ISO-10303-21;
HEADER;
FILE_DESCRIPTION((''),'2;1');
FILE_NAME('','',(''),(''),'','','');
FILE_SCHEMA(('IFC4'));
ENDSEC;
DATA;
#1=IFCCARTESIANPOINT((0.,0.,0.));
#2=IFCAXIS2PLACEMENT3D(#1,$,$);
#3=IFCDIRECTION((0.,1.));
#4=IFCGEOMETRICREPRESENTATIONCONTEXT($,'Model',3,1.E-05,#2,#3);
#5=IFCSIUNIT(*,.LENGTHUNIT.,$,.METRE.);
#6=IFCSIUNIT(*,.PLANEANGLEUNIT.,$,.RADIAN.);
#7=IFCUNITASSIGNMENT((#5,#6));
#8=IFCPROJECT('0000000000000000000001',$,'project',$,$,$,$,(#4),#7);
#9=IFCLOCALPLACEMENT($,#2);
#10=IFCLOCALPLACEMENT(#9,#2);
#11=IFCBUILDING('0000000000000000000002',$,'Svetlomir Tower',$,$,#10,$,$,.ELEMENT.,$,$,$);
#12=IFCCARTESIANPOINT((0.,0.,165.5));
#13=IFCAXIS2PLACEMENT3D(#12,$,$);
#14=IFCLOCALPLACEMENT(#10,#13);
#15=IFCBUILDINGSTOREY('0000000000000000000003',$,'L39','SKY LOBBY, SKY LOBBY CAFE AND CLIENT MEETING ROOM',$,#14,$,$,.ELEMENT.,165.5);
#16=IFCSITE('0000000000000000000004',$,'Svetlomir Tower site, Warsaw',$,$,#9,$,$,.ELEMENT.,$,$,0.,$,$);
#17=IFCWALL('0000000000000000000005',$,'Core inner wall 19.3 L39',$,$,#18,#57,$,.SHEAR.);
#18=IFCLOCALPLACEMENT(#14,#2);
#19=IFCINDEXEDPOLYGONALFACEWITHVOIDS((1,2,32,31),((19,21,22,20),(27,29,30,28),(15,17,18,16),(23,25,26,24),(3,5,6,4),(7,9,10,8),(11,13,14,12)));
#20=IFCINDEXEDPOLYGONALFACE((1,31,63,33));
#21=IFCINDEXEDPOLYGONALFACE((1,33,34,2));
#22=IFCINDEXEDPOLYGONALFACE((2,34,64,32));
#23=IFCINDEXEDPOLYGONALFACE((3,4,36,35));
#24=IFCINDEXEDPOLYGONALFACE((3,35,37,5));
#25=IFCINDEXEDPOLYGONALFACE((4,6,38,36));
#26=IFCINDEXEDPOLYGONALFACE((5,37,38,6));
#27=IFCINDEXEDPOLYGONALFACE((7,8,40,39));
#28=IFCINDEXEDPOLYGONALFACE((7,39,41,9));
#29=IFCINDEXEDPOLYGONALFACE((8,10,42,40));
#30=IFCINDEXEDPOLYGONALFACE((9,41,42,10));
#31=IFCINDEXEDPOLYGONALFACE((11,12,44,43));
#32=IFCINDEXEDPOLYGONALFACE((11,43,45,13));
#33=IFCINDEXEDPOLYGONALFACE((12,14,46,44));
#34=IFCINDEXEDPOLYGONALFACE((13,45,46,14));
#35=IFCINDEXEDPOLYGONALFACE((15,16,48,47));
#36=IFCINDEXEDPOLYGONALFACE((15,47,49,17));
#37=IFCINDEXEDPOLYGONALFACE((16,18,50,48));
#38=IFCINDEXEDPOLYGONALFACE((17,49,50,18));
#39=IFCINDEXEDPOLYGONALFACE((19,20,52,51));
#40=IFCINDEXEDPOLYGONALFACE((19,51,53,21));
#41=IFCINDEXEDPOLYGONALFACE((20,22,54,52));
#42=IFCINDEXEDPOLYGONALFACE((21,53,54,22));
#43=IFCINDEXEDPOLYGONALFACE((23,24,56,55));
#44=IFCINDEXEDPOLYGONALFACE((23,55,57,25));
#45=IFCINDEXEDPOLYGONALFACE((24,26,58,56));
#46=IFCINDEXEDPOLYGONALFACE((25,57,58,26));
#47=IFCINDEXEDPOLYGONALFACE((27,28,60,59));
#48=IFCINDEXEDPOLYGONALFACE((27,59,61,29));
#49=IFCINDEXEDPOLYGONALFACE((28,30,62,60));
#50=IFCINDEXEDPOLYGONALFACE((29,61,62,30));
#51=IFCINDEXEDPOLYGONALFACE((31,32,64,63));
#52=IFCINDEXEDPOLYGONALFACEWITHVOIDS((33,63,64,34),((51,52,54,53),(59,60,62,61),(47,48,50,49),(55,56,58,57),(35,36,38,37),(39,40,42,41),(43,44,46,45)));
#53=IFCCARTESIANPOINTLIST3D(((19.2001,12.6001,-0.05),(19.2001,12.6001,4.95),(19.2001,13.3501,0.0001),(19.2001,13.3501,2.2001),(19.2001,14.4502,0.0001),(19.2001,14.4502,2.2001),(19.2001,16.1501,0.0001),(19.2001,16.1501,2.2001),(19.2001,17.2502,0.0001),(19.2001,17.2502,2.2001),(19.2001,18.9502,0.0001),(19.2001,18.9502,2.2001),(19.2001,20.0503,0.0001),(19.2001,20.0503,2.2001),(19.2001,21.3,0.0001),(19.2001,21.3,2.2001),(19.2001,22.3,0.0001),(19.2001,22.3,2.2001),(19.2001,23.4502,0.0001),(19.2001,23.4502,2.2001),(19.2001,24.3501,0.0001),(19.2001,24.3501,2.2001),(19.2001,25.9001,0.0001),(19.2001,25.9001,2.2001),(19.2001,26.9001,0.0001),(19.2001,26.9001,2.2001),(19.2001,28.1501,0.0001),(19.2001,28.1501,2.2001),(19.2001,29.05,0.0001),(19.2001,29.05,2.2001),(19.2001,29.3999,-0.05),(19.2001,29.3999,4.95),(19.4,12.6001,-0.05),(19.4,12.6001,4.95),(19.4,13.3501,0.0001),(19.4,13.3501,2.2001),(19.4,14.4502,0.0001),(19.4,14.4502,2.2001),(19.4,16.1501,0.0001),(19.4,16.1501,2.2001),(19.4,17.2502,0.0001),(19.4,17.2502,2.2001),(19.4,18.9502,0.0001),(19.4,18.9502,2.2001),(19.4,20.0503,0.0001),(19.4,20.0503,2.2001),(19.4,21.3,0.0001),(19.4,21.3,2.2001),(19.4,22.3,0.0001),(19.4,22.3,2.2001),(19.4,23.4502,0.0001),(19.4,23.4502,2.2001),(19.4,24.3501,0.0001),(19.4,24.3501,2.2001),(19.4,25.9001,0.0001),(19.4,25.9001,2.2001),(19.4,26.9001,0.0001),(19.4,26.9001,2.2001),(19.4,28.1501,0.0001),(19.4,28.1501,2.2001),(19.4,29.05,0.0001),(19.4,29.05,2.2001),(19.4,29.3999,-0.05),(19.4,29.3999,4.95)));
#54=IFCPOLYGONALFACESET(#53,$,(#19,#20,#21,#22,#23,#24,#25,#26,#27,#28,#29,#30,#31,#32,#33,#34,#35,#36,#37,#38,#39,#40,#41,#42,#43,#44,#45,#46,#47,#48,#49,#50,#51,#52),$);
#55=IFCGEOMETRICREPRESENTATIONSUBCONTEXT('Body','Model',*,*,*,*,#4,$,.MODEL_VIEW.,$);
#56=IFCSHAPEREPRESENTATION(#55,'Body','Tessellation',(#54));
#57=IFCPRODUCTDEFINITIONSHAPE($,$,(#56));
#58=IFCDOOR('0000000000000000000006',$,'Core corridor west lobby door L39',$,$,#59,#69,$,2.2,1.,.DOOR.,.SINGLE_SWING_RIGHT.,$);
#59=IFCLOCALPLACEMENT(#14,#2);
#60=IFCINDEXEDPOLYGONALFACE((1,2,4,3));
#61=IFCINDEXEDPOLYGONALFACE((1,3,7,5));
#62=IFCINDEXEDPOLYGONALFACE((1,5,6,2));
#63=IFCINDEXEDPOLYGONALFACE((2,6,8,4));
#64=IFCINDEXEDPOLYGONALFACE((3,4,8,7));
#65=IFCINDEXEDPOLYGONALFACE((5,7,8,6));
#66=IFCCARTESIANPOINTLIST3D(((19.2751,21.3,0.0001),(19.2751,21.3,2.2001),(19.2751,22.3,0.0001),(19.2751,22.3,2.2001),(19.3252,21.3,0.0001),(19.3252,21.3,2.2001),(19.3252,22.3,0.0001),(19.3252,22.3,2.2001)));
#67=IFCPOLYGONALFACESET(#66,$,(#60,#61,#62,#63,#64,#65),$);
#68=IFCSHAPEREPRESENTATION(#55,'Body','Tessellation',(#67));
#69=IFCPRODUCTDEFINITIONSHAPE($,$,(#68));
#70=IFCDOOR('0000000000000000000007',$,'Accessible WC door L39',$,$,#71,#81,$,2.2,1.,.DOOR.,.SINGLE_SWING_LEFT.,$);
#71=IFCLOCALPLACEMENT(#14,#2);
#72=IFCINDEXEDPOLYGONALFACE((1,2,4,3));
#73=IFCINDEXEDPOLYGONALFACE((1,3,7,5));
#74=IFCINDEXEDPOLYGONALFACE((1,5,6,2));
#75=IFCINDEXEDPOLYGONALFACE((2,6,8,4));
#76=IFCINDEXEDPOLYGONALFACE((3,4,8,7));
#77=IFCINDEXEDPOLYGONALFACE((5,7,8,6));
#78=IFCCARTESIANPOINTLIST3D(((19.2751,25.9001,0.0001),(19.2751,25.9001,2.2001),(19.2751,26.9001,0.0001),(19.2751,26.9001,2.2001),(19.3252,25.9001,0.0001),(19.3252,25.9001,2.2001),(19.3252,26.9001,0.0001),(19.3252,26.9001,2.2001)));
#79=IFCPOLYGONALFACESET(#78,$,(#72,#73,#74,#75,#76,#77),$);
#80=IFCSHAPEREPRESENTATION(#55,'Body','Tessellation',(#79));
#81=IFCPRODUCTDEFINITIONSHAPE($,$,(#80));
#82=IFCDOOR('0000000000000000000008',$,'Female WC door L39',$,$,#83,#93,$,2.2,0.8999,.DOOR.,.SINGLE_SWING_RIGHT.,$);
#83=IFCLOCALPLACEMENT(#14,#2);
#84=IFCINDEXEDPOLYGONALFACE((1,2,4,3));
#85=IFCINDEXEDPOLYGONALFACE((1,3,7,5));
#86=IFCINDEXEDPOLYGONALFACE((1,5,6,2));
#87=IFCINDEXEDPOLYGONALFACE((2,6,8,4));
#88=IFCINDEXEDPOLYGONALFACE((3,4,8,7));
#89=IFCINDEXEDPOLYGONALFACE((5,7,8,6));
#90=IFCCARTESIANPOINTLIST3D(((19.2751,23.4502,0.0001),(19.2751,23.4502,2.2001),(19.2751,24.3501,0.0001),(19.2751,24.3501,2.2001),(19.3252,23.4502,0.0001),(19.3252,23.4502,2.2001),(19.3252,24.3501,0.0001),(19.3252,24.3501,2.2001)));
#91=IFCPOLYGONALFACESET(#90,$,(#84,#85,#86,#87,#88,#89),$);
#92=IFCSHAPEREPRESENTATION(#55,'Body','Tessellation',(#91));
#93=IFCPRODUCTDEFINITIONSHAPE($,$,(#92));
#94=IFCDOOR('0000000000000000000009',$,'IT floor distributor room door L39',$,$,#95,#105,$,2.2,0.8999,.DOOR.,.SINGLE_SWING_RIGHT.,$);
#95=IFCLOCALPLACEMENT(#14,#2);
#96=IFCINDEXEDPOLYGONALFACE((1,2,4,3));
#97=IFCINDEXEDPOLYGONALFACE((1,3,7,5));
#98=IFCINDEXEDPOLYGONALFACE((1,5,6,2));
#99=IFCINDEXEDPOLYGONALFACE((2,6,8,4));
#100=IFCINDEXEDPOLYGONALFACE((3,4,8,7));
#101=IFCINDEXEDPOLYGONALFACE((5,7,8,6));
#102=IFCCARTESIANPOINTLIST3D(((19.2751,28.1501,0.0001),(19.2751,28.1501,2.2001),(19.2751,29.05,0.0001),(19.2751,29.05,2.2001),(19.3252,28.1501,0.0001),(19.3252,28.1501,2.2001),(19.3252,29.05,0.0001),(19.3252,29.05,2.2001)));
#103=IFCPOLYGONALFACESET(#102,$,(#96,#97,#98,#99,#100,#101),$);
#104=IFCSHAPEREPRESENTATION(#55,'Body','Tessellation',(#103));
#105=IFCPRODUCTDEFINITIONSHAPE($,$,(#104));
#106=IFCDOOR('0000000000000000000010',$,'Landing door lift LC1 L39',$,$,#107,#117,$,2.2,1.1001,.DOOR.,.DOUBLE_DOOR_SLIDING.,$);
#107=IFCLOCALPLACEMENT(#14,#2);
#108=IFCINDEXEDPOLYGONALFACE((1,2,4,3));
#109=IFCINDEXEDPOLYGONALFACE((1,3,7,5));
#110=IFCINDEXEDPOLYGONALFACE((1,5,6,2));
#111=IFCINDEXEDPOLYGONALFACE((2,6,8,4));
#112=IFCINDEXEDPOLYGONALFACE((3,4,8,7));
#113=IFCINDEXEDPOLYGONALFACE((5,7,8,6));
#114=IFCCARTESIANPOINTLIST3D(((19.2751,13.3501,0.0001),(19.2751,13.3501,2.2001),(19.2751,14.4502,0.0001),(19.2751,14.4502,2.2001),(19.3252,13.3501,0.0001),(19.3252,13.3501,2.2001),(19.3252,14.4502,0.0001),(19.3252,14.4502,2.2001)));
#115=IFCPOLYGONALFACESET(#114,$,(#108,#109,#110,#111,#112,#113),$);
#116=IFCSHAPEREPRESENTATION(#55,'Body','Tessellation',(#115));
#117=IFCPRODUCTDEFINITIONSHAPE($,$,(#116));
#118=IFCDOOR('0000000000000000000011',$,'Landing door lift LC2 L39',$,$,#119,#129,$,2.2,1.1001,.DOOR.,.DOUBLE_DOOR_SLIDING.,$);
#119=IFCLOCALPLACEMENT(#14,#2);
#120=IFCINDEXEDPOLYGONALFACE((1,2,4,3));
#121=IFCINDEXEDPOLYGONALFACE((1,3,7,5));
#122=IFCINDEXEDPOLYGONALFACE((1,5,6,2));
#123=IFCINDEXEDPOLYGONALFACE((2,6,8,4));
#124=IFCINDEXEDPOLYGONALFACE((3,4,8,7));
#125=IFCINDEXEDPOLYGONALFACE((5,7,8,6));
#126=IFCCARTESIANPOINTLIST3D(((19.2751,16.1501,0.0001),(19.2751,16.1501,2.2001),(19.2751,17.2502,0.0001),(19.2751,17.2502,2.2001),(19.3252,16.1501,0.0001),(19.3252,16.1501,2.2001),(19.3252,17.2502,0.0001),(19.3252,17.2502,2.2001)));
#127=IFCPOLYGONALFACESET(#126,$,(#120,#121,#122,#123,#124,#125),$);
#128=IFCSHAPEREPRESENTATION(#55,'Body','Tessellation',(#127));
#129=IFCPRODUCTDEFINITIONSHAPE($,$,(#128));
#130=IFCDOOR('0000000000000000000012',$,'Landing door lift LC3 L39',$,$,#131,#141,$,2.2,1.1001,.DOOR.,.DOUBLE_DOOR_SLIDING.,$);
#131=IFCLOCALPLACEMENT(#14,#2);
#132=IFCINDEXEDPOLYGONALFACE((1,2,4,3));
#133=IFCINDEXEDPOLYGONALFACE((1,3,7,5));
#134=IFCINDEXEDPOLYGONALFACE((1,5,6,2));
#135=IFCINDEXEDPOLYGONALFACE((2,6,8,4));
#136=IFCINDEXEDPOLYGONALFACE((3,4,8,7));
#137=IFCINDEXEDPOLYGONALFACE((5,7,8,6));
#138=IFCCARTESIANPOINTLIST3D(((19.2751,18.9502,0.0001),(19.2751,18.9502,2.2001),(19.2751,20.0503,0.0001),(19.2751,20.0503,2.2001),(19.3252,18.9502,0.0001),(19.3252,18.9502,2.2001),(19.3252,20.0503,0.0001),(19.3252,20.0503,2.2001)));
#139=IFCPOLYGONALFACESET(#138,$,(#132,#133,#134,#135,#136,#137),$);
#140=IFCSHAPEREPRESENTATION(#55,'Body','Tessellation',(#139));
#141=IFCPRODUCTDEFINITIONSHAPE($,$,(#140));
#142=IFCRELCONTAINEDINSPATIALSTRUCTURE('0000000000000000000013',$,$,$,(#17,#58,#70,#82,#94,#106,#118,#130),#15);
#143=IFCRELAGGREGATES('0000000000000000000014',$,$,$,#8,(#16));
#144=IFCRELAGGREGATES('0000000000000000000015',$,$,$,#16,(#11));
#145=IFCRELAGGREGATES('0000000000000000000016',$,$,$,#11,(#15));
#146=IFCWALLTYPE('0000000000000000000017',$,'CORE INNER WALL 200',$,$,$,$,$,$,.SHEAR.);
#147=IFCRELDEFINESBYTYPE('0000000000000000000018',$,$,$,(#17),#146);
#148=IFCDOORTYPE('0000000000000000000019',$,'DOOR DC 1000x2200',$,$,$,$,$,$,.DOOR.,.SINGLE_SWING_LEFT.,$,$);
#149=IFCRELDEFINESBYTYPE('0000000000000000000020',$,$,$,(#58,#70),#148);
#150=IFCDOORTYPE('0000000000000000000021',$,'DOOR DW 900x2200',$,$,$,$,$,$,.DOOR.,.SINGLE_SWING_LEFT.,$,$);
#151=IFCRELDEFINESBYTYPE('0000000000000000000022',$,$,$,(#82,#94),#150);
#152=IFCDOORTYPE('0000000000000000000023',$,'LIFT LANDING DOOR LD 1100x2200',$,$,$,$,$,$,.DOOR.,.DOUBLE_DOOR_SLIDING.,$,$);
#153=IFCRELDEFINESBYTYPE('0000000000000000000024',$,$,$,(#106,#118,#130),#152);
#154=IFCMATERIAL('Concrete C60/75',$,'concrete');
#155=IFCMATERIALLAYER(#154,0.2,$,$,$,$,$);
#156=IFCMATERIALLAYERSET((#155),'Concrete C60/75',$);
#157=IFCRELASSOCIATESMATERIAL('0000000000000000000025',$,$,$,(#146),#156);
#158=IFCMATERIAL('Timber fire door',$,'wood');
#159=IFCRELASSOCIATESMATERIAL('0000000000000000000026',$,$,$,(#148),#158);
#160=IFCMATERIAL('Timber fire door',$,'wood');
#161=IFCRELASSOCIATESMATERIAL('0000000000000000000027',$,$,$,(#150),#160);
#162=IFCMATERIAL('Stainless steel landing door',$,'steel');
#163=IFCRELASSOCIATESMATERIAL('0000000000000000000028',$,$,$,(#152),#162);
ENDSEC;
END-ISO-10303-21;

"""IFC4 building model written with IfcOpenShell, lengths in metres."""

from ifc_helpers import new_model, si_unit, direction, frame, frame_2d, origin, place, context, subcontext, project, spatial, rectangle, extrude, material, layer, layer_set, type_object, element, fill, save


model = new_model("IFC4")

# Units and contexts
model_context = context("Model", 3, precision=1e-05, world=origin(), true_north=direction((0.0, 1.0)))
body_context = subcontext(model_context, "Body", "Model", "MODEL_VIEW")
ifc_project = project(units=[si_unit("LENGTHUNIT", "METRE"), si_unit("PLANEANGLEUNIT", "RADIAN")], contexts=[model_context])

# Site, building, storey
site_placement = place(None, origin())
site = spatial("IfcSite", under=ifc_project, at=site_placement, Name="Svetlomir Tower site, Warsaw", CompositionType="ELEMENT", RefElevation=0.0)
building_placement = place(site_placement, origin())
building = spatial("IfcBuilding", under=site, at=building_placement, Name="Svetlomir Tower", CompositionType="ELEMENT")
storey_placement = place(building_placement, frame((0.0, 0.0, 165.5)))
storey = spatial("IfcBuildingStorey", under=building, at=storey_placement, Name="L39", Description="SKY LOBBY, SKY LOBBY CAFE AND CLIENT MEETING ROOM", CompositionType="ELEMENT", Elevation=165.5)

# Wall, openings, doors
ifc_material_1 = material(Name="Concrete C60/75", Category="concrete")
ifc_layer = layer(ifc_material_1, 0.2)
ifc_layer_set = layer_set([ifc_layer], Name="Concrete C60/75")
wall_type = type_object("IfcWallType", Name="CORE INNER WALL 200", PredefinedType="SHEAR", material=ifc_layer_set)
wall_1_placement = place(storey_placement, frame((19.3, 12.6001, -0.05), z_axis=(0.0, 0.0, 1.0), x_axis=(0.0, 1.0, 0.0)))
wall_1 = element("IfcWall", 1, at=wall_1_placement, inside=storey, type_object=wall_type, Name="Core inner wall 19.3 L39", PredefinedType="SHEAR", context=body_context, shape_type="SweptSolid", body=[
    extrude(rectangle(XDim=16.7998, YDim=0.2, at=frame_2d((8.3999, 0.0))), origin(), (0.0, 0.0, 1.0), 5.0),
])
opening_1_placement = place(wall_1_placement, frame((8.7, 0.0, 0.05)))
opening_1 = element("IfcOpeningElement", 2, at=opening_1_placement, cuts=wall_1, PredefinedType="OPENING", context=body_context, shape_type="SweptSolid", body=[
    extrude(rectangle(XDim=1.0, YDim=2.2, at=frame_2d((0.5, 1.1001))), frame((0.0, 0.1099, 0.0), z_axis=(0.0, -1.0, 0.0), x_axis=(1.0, 0.0, 0.0)), (0.0, 0.0, 1.0), 0.22),
])
opening_2_placement = place(wall_1_placement, frame((10.8501, 0.0, 0.05)))
opening_2 = element("IfcOpeningElement", 3, at=opening_2_placement, cuts=wall_1, PredefinedType="OPENING", context=body_context, shape_type="SweptSolid", body=[
    extrude(rectangle(XDim=0.8999, YDim=2.2, at=frame_2d((0.45, 1.1001))), frame((0.0, 0.1099, 0.0), z_axis=(0.0, -1.0, 0.0), x_axis=(1.0, 0.0, 0.0)), (0.0, 0.0, 1.0), 0.22),
])
opening_3_placement = place(wall_1_placement, frame((13.3, 0.0, 0.05)))
opening_3 = element("IfcOpeningElement", 4, at=opening_3_placement, cuts=wall_1, PredefinedType="OPENING", context=body_context, shape_type="SweptSolid", body=[
    extrude(rectangle(XDim=1.0, YDim=2.2, at=frame_2d((0.5, 1.1001))), frame((0.0, 0.1099, 0.0), z_axis=(0.0, -1.0, 0.0), x_axis=(1.0, 0.0, 0.0)), (0.0, 0.0, 1.0), 0.22),
])
opening_4_placement = place(wall_1_placement, frame((15.55, 0.0, 0.05)))
opening_4 = element("IfcOpeningElement", 5, at=opening_4_placement, cuts=wall_1, PredefinedType="OPENING", context=body_context, shape_type="SweptSolid", body=[
    extrude(rectangle(XDim=0.8999, YDim=2.2, at=frame_2d((0.45, 1.1001))), frame((0.0, 0.1099, 0.0), z_axis=(0.0, -1.0, 0.0), x_axis=(1.0, 0.0, 0.0)), (0.0, 0.0, 1.0), 0.22),
])
opening_5_placement = place(wall_1_placement, frame((0.75, 0.0, 0.05)))
opening_5 = element("IfcOpeningElement", 6, at=opening_5_placement, cuts=wall_1, PredefinedType="OPENING", context=body_context, shape_type="SweptSolid", body=[
    extrude(rectangle(XDim=1.1001, YDim=2.2, at=frame_2d((0.55, 1.1001))), frame((0.0, 0.1099, 0.0), z_axis=(0.0, -1.0, 0.0), x_axis=(1.0, 0.0, 0.0)), (0.0, 0.0, 1.0), 0.22),
])
opening_6_placement = place(wall_1_placement, frame((3.55, 0.0, 0.05)))
opening_6 = element("IfcOpeningElement", 7, at=opening_6_placement, cuts=wall_1, PredefinedType="OPENING", context=body_context, shape_type="SweptSolid", body=[
    extrude(rectangle(XDim=1.1001, YDim=2.2, at=frame_2d((0.55, 1.1001))), frame((0.0, 0.1099, 0.0), z_axis=(0.0, -1.0, 0.0), x_axis=(1.0, 0.0, 0.0)), (0.0, 0.0, 1.0), 0.22),
])
opening_7_placement = place(wall_1_placement, frame((6.3501, 0.0, 0.05)))
opening_7 = element("IfcOpeningElement", 8, at=opening_7_placement, cuts=wall_1, PredefinedType="OPENING", context=body_context, shape_type="SweptSolid", body=[
    extrude(rectangle(XDim=1.1001, YDim=2.2, at=frame_2d((0.55, 1.1001))), frame((0.0, 0.1099, 0.0), z_axis=(0.0, -1.0, 0.0), x_axis=(1.0, 0.0, 0.0)), (0.0, 0.0, 1.0), 0.22),
])
ifc_material_2 = material(Name="Timber fire door", Category="wood")
door_type_1 = type_object("IfcDoorType", Name="DOOR DC 1000x2200", OperationType="SINGLE_SWING_LEFT", PredefinedType="DOOR", material=ifc_material_2)
door_1_placement = place(opening_1_placement, origin())
door_1 = element("IfcDoor", 9, at=door_1_placement, inside=storey, type_object=door_type_1, Name="Core corridor west lobby door L39", OperationType="SINGLE_SWING_RIGHT", OverallHeight=2.2, OverallWidth=1.0, PredefinedType="DOOR", context=body_context, shape_type="SweptSolid", body=[
    extrude(rectangle(XDim=1.0, YDim=2.2, at=frame_2d((0.5, 1.1001))), frame((0.0, 0.0249, 0.0), z_axis=(0.0, -1.0, 0.0), x_axis=(1.0, 0.0, 0.0)), (0.0, 0.0, 1.0), 0.05),
])
fill(opening_1, door_1)
door_2_placement = place(opening_3_placement, origin())
door_2 = element("IfcDoor", 10, at=door_2_placement, inside=storey, type_object=door_type_1, Name="Accessible WC door L39", OperationType="SINGLE_SWING_LEFT", OverallHeight=2.2, OverallWidth=1.0, PredefinedType="DOOR", context=body_context, shape_type="SweptSolid", body=[
    extrude(rectangle(XDim=1.0, YDim=2.2, at=frame_2d((0.5, 1.1001))), frame((0.0, 0.0249, 0.0), z_axis=(0.0, -1.0, 0.0), x_axis=(1.0, 0.0, 0.0)), (0.0, 0.0, 1.0), 0.05),
])
fill(opening_3, door_2)
ifc_material_3 = material(Name="Timber fire door", Category="wood")
door_type_2 = type_object("IfcDoorType", Name="DOOR DW 900x2200", OperationType="SINGLE_SWING_LEFT", PredefinedType="DOOR", material=ifc_material_3)
door_3_placement = place(opening_2_placement, origin())
door_3 = element("IfcDoor", 11, at=door_3_placement, inside=storey, type_object=door_type_2, Name="Female WC door L39", OperationType="SINGLE_SWING_RIGHT", OverallHeight=2.2, OverallWidth=0.8999, PredefinedType="DOOR", context=body_context, shape_type="SweptSolid", body=[
    extrude(rectangle(XDim=0.8999, YDim=2.2, at=frame_2d((0.45, 1.1001))), frame((0.0, 0.0249, 0.0), z_axis=(0.0, -1.0, 0.0), x_axis=(1.0, 0.0, 0.0)), (0.0, 0.0, 1.0), 0.05),
])
fill(opening_2, door_3)
door_4_placement = place(opening_4_placement, origin())
door_4 = element("IfcDoor", 12, at=door_4_placement, inside=storey, type_object=door_type_2, Name="IT floor distributor room door L39", OperationType="SINGLE_SWING_RIGHT", OverallHeight=2.2, OverallWidth=0.8999, PredefinedType="DOOR", context=body_context, shape_type="SweptSolid", body=[
    extrude(rectangle(XDim=0.8999, YDim=2.2, at=frame_2d((0.45, 1.1001))), frame((0.0, 0.0249, 0.0), z_axis=(0.0, -1.0, 0.0), x_axis=(1.0, 0.0, 0.0)), (0.0, 0.0, 1.0), 0.05),
])
fill(opening_4, door_4)
ifc_material_4 = material(Name="Stainless steel landing door", Category="steel")
door_type_3 = type_object("IfcDoorType", Name="LIFT LANDING DOOR LD 1100x2200", OperationType="DOUBLE_DOOR_SLIDING", PredefinedType="DOOR", material=ifc_material_4)
door_5_placement = place(opening_5_placement, origin())
door_5 = element("IfcDoor", 13, at=door_5_placement, inside=storey, type_object=door_type_3, Name="Landing door lift LC1 L39", OperationType="DOUBLE_DOOR_SLIDING", OverallHeight=2.2, OverallWidth=1.1001, PredefinedType="DOOR", context=body_context, shape_type="SweptSolid", body=[
    extrude(rectangle(XDim=1.1001, YDim=2.2, at=frame_2d((0.55, 1.1001))), frame((0.0, 0.0249, 0.0), z_axis=(0.0, -1.0, 0.0), x_axis=(1.0, 0.0, 0.0)), (0.0, 0.0, 1.0), 0.05),
])
fill(opening_5, door_5)
door_6_placement = place(opening_6_placement, origin())
door_6 = element("IfcDoor", 14, at=door_6_placement, inside=storey, type_object=door_type_3, Name="Landing door lift LC2 L39", OperationType="DOUBLE_DOOR_SLIDING", OverallHeight=2.2, OverallWidth=1.1001, PredefinedType="DOOR", context=body_context, shape_type="SweptSolid", body=[
    extrude(rectangle(XDim=1.1001, YDim=2.2, at=frame_2d((0.55, 1.1001))), frame((0.0, 0.0249, 0.0), z_axis=(0.0, -1.0, 0.0), x_axis=(1.0, 0.0, 0.0)), (0.0, 0.0, 1.0), 0.05),
])
fill(opening_6, door_6)
door_7_placement = place(opening_7_placement, origin())
door_7 = element("IfcDoor", 15, at=door_7_placement, inside=storey, type_object=door_type_3, Name="Landing door lift LC3 L39", OperationType="DOUBLE_DOOR_SLIDING", OverallHeight=2.2, OverallWidth=1.1001, PredefinedType="DOOR", context=body_context, shape_type="SweptSolid", body=[
    extrude(rectangle(XDim=1.1001, YDim=2.2, at=frame_2d((0.55, 1.1001))), frame((0.0, 0.0249, 0.0), z_axis=(0.0, -1.0, 0.0), x_axis=(1.0, 0.0, 0.0)), (0.0, 0.0, 1.0), 0.05),
])
fill(opening_7, door_7)

save(model, "model.ifc")
